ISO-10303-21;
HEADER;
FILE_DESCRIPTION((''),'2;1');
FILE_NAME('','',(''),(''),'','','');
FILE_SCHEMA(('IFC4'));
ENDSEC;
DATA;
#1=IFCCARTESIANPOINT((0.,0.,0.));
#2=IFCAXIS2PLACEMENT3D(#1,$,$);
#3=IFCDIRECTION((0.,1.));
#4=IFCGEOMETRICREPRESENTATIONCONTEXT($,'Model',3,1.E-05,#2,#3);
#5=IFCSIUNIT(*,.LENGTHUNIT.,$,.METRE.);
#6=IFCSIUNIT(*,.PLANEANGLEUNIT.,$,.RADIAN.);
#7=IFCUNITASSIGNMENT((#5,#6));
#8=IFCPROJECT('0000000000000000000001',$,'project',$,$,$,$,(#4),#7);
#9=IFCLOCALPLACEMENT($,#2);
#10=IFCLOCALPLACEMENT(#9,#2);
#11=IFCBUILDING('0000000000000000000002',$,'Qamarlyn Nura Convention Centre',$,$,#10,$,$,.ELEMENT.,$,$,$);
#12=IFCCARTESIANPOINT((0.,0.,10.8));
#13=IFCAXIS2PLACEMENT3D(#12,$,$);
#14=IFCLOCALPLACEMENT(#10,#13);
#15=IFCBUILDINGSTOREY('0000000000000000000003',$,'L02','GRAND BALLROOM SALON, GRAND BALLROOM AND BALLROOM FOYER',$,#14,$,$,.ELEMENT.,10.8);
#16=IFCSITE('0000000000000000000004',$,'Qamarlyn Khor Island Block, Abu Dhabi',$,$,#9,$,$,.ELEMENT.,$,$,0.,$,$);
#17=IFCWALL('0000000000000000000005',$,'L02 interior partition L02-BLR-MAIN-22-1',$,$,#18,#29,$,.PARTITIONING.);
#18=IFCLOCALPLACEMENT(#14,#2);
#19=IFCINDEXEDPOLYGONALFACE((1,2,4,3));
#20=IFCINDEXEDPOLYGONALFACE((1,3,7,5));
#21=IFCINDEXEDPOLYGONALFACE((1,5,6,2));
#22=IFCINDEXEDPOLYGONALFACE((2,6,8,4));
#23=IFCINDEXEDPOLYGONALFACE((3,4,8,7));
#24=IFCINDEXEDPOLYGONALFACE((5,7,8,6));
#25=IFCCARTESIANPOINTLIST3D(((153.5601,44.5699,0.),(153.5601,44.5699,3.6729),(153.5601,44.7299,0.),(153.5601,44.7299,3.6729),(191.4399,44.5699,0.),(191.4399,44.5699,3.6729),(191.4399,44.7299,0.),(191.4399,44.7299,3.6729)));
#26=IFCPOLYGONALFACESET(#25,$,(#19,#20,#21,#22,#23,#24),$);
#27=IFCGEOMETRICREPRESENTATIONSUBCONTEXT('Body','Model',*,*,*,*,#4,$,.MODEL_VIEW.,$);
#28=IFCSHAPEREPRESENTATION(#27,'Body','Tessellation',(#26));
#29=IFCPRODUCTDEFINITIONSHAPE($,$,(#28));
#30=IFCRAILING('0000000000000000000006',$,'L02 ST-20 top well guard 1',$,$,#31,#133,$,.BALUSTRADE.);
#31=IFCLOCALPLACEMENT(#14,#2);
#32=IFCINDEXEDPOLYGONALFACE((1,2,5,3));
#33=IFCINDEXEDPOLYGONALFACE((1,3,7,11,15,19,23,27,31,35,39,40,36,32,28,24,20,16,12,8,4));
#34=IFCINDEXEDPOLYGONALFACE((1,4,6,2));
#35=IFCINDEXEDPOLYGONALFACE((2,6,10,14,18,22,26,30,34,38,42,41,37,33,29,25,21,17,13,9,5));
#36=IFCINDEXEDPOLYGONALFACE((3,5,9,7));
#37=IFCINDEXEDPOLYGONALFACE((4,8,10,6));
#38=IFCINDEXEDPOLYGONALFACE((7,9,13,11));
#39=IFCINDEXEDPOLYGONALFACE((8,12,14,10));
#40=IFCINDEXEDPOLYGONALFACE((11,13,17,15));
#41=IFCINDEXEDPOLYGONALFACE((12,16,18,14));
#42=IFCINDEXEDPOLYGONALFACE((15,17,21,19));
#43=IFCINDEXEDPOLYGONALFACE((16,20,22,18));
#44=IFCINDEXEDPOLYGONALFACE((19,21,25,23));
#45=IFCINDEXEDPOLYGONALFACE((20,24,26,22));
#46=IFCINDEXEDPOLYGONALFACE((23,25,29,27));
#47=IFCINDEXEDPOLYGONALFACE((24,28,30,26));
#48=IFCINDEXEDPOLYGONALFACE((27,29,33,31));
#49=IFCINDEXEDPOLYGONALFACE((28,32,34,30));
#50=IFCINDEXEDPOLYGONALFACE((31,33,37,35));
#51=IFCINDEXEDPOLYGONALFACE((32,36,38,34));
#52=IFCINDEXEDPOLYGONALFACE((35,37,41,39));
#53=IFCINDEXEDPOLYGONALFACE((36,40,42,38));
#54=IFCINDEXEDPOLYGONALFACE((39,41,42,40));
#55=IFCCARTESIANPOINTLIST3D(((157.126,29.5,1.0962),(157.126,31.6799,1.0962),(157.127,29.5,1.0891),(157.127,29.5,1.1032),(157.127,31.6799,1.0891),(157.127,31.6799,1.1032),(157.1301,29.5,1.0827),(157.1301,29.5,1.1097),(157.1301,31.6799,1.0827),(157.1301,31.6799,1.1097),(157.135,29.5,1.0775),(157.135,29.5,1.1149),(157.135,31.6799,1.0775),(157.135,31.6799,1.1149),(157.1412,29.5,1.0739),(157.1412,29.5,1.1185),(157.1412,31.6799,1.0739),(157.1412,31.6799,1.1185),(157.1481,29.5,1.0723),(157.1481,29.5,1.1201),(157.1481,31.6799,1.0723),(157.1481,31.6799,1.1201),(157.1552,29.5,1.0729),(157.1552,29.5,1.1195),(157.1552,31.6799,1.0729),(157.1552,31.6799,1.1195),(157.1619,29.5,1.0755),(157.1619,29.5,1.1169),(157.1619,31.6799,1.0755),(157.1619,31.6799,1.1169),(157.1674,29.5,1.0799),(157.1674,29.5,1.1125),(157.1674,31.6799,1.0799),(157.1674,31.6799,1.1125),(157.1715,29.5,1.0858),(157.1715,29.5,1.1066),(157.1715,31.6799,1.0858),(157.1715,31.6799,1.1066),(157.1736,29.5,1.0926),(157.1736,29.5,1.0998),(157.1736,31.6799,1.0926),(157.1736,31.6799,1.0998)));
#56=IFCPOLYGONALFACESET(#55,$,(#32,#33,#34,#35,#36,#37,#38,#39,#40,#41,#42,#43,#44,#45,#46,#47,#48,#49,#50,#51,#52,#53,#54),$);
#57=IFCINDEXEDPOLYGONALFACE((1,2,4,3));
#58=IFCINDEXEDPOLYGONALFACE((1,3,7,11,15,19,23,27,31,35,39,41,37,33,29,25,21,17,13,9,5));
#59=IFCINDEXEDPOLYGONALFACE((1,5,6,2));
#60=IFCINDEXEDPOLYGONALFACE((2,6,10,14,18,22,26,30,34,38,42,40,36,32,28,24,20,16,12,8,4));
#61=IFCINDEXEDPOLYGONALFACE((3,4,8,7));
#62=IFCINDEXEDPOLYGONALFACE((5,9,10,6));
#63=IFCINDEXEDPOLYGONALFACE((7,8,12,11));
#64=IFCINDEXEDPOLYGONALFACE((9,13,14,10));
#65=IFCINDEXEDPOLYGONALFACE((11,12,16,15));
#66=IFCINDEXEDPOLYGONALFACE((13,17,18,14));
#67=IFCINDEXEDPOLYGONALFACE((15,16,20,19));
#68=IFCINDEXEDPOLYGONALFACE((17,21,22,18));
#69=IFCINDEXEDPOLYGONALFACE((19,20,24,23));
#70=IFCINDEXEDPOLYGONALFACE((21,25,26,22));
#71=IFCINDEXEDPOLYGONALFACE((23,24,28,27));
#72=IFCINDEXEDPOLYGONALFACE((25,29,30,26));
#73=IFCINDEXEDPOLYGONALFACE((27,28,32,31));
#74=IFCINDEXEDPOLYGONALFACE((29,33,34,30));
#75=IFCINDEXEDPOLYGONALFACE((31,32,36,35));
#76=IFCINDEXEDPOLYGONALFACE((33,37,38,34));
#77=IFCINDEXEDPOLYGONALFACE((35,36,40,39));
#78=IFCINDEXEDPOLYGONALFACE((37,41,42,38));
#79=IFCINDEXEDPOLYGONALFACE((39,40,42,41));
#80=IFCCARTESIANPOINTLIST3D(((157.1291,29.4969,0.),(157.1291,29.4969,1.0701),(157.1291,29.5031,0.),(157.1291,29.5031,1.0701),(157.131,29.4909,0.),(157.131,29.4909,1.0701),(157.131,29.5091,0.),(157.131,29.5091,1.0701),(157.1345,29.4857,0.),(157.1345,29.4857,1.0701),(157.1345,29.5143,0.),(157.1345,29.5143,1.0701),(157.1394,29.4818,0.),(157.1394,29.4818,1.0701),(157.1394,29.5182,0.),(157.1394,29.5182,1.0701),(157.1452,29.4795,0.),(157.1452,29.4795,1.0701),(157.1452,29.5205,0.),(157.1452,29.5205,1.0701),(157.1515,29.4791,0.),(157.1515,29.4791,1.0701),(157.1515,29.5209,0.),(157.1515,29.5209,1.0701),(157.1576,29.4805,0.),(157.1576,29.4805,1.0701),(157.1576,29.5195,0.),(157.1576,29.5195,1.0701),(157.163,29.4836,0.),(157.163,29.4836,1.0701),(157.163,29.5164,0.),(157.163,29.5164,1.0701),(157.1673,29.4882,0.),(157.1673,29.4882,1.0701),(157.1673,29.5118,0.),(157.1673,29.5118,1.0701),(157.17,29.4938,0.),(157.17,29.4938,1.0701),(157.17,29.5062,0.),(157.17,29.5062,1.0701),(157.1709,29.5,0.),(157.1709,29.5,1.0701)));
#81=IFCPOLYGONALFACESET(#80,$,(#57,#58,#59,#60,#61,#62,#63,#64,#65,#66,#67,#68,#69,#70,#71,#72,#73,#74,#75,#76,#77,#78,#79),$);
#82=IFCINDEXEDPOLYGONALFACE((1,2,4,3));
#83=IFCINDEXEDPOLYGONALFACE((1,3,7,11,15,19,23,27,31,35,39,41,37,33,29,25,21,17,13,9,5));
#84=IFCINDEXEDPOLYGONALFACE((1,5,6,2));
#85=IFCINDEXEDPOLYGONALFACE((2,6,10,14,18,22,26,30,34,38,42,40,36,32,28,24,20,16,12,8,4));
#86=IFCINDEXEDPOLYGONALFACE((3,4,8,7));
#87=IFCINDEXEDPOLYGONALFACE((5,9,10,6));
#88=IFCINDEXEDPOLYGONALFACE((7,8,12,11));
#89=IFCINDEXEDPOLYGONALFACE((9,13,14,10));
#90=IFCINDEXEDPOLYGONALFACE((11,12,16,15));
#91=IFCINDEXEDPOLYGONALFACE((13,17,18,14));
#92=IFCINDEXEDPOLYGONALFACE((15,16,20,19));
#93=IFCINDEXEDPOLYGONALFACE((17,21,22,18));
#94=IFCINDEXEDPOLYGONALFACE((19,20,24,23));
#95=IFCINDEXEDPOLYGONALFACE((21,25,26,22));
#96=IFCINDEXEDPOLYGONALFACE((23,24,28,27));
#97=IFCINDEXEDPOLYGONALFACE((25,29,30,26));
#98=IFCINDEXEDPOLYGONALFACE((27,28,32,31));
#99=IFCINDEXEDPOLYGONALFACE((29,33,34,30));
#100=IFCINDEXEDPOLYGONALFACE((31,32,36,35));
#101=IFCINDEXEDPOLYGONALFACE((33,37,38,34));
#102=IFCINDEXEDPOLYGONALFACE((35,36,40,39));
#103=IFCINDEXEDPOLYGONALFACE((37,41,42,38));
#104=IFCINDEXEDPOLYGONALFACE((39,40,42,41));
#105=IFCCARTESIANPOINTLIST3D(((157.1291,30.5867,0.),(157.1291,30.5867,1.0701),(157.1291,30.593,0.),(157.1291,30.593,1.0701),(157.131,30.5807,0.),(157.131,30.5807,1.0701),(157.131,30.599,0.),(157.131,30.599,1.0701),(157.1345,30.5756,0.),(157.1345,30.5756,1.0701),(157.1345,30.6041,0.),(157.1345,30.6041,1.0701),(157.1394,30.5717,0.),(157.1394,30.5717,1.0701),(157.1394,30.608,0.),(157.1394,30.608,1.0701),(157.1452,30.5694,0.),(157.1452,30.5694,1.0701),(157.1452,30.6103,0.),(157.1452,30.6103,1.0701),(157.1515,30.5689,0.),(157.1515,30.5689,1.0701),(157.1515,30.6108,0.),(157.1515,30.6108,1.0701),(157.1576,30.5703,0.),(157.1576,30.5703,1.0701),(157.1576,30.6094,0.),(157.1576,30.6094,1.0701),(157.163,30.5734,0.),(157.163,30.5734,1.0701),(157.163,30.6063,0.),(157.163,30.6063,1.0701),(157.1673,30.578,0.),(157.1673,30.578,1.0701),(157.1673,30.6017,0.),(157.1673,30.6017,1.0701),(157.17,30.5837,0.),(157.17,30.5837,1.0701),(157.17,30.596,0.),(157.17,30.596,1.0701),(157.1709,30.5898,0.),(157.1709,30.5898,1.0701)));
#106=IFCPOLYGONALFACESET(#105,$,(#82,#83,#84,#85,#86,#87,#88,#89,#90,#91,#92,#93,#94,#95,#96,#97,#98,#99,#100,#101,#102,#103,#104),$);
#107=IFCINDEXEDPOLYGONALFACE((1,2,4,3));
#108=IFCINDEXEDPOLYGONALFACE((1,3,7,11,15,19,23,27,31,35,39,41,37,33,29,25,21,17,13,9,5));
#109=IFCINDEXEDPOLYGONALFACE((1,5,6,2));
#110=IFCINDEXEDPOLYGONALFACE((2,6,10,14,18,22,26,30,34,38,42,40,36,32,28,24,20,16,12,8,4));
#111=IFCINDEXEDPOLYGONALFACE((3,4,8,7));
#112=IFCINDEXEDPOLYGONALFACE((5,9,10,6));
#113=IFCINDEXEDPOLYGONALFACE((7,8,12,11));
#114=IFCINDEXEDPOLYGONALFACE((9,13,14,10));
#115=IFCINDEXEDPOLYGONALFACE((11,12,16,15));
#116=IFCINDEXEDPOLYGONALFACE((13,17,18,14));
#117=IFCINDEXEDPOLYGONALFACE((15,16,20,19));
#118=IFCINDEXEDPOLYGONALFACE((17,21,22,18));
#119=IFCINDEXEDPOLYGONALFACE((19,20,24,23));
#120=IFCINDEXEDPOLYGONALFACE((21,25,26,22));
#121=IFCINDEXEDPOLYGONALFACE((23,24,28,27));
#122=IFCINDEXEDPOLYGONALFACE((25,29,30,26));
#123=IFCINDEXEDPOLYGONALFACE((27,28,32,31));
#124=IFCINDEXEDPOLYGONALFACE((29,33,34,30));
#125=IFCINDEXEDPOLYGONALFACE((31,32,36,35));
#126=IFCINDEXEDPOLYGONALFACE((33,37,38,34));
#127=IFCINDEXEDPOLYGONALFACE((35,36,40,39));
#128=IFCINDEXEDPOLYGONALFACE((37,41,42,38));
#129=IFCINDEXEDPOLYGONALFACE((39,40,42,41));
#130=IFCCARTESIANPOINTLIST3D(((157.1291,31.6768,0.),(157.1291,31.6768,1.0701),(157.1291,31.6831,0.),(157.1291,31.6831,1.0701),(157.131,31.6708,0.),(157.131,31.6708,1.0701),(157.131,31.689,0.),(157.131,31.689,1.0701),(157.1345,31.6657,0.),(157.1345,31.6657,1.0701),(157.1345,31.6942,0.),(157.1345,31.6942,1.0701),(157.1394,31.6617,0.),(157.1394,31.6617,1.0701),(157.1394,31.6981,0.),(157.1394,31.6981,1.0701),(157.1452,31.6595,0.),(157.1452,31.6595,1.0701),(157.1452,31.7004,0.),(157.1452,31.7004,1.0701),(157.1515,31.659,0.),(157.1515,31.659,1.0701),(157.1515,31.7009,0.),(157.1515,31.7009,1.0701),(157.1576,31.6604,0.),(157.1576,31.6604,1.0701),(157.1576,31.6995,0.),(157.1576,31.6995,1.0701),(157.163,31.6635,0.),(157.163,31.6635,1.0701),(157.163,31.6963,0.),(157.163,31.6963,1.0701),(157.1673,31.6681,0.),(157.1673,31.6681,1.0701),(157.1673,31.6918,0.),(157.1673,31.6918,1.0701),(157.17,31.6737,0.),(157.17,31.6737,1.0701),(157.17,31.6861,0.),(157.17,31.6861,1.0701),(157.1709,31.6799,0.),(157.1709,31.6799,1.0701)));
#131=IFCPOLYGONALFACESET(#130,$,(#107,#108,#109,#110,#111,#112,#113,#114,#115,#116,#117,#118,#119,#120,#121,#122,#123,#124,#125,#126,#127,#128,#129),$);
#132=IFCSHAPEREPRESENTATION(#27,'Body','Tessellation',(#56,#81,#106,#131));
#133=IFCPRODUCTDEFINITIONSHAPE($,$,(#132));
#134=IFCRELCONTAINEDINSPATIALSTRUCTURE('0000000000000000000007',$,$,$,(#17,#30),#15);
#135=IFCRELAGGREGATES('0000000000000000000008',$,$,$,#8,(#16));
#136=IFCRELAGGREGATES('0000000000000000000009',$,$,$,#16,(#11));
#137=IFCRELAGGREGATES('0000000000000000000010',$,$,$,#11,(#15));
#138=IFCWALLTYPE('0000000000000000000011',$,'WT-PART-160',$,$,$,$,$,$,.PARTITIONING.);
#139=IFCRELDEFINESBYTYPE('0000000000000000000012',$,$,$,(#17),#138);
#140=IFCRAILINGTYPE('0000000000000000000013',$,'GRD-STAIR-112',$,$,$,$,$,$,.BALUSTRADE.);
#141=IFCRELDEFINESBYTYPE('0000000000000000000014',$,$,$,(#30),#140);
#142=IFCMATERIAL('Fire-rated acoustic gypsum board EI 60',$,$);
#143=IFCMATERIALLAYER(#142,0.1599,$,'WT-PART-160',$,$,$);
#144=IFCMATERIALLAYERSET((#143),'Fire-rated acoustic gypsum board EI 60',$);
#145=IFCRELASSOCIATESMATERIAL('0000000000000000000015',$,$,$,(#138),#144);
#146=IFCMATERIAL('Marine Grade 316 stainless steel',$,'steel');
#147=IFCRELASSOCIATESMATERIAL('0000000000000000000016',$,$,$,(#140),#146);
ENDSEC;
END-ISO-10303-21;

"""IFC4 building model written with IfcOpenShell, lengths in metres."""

from ifc_helpers import new_model, si_unit, direction, frame, frame_2d, origin, origin_2d, place, context, subcontext, project, spatial, rectangle, circle, extrude, material, layer, layer_set, type_object, element, save


model = new_model("IFC4")

# Units and contexts
model_context = context("Model", 3, precision=1e-05, world=origin(), true_north=direction((0.0, 1.0)))
body_context = subcontext(model_context, "Body", "Model", "MODEL_VIEW")
ifc_project = project(units=[si_unit("LENGTHUNIT", "METRE"), si_unit("PLANEANGLEUNIT", "RADIAN")], contexts=[model_context])

# Site, building, storey
site_placement = place(None, origin())
site = spatial("IfcSite", under=ifc_project, at=site_placement, Name="Qamarlyn Khor Island Block, Abu Dhabi", CompositionType="ELEMENT", RefElevation=0.0)
building_placement = place(site_placement, origin())
building = spatial("IfcBuilding", under=site, at=building_placement, Name="Qamarlyn Nura Convention Centre", CompositionType="ELEMENT")
storey_placement = place(building_placement, frame((0.0, 0.0, 10.8)))
storey = spatial("IfcBuildingStorey", under=building, at=storey_placement, Name="L02", Description="GRAND BALLROOM SALON, GRAND BALLROOM AND BALLROOM FOYER", CompositionType="ELEMENT", Elevation=10.8)

# Shared definitions
ifc_material_1 = material(Name="Fire-rated acoustic gypsum board EI 60")
ifc_layer_1 = layer(ifc_material_1, 0.1599, Name="WT-PART-160")
ifc_layer_set_1 = layer_set([ifc_layer_1], Name="Fire-rated acoustic gypsum board EI 60")
wall_type = type_object("IfcWallType", Name="WT-PART-160", PredefinedType="PARTITIONING", material=ifc_layer_set_1)

# Wall
wall_1_placement = place(storey_placement, frame((153.5601, 44.6499, 0.0), z_axis=(0.0, 0.0, 1.0), x_axis=(1.0, 0.0, 0.0)))
element("IfcWall", 1, at=wall_1_placement, inside=storey, type_object=wall_type, Name="L02 interior partition L02-BLR-MAIN-22-1", PredefinedType="PARTITIONING", context=body_context, shape_type="SweptSolid", body=[
    extrude(rectangle(XDim=37.8799, YDim=0.1599, at=frame_2d((18.9399, 0.0))), origin(), (0.0, 0.0, 1.0), 3.6729),
])

# Railing
ifc_material_2 = material(Name="Marine Grade 316 stainless steel", Category="steel")
railing_type = type_object("IfcRailingType", Name="GRD-STAIR-112", PredefinedType="BALUSTRADE", material=ifc_material_2)
railing_1_placement = place(storey_placement, frame((157.1499, 29.5, 0.0)))
element("IfcRailing", 2, at=railing_1_placement, inside=storey, type_object=railing_type, Name="L02 ST-20 top well guard 1", PredefinedType="BALUSTRADE", context=body_context, shape_type="SweptSolid", body=[
    extrude(circle(Radius=0.0239, at=origin_2d()), frame((0.0, 0.0, 1.0962), z_axis=(0.0, 1.0, 0.0), x_axis=(-1.0, 0.0, 0.0)), (0.0, 0.0, 1.0), 2.1799),
    extrude(circle(Radius=0.021, at=origin_2d()), origin(), (0.0, 0.0, 1.0), 1.0701),
    extrude(circle(Radius=0.021, at=origin_2d()), frame((0.0, 1.0898, 0.0)), (0.0, 0.0, 1.0), 1.0701),
    extrude(circle(Radius=0.021, at=origin_2d()), frame((0.0, 2.1799, 0.0)), (0.0, 0.0, 1.0), 1.0701),
])

save(model, "model.ifc")
